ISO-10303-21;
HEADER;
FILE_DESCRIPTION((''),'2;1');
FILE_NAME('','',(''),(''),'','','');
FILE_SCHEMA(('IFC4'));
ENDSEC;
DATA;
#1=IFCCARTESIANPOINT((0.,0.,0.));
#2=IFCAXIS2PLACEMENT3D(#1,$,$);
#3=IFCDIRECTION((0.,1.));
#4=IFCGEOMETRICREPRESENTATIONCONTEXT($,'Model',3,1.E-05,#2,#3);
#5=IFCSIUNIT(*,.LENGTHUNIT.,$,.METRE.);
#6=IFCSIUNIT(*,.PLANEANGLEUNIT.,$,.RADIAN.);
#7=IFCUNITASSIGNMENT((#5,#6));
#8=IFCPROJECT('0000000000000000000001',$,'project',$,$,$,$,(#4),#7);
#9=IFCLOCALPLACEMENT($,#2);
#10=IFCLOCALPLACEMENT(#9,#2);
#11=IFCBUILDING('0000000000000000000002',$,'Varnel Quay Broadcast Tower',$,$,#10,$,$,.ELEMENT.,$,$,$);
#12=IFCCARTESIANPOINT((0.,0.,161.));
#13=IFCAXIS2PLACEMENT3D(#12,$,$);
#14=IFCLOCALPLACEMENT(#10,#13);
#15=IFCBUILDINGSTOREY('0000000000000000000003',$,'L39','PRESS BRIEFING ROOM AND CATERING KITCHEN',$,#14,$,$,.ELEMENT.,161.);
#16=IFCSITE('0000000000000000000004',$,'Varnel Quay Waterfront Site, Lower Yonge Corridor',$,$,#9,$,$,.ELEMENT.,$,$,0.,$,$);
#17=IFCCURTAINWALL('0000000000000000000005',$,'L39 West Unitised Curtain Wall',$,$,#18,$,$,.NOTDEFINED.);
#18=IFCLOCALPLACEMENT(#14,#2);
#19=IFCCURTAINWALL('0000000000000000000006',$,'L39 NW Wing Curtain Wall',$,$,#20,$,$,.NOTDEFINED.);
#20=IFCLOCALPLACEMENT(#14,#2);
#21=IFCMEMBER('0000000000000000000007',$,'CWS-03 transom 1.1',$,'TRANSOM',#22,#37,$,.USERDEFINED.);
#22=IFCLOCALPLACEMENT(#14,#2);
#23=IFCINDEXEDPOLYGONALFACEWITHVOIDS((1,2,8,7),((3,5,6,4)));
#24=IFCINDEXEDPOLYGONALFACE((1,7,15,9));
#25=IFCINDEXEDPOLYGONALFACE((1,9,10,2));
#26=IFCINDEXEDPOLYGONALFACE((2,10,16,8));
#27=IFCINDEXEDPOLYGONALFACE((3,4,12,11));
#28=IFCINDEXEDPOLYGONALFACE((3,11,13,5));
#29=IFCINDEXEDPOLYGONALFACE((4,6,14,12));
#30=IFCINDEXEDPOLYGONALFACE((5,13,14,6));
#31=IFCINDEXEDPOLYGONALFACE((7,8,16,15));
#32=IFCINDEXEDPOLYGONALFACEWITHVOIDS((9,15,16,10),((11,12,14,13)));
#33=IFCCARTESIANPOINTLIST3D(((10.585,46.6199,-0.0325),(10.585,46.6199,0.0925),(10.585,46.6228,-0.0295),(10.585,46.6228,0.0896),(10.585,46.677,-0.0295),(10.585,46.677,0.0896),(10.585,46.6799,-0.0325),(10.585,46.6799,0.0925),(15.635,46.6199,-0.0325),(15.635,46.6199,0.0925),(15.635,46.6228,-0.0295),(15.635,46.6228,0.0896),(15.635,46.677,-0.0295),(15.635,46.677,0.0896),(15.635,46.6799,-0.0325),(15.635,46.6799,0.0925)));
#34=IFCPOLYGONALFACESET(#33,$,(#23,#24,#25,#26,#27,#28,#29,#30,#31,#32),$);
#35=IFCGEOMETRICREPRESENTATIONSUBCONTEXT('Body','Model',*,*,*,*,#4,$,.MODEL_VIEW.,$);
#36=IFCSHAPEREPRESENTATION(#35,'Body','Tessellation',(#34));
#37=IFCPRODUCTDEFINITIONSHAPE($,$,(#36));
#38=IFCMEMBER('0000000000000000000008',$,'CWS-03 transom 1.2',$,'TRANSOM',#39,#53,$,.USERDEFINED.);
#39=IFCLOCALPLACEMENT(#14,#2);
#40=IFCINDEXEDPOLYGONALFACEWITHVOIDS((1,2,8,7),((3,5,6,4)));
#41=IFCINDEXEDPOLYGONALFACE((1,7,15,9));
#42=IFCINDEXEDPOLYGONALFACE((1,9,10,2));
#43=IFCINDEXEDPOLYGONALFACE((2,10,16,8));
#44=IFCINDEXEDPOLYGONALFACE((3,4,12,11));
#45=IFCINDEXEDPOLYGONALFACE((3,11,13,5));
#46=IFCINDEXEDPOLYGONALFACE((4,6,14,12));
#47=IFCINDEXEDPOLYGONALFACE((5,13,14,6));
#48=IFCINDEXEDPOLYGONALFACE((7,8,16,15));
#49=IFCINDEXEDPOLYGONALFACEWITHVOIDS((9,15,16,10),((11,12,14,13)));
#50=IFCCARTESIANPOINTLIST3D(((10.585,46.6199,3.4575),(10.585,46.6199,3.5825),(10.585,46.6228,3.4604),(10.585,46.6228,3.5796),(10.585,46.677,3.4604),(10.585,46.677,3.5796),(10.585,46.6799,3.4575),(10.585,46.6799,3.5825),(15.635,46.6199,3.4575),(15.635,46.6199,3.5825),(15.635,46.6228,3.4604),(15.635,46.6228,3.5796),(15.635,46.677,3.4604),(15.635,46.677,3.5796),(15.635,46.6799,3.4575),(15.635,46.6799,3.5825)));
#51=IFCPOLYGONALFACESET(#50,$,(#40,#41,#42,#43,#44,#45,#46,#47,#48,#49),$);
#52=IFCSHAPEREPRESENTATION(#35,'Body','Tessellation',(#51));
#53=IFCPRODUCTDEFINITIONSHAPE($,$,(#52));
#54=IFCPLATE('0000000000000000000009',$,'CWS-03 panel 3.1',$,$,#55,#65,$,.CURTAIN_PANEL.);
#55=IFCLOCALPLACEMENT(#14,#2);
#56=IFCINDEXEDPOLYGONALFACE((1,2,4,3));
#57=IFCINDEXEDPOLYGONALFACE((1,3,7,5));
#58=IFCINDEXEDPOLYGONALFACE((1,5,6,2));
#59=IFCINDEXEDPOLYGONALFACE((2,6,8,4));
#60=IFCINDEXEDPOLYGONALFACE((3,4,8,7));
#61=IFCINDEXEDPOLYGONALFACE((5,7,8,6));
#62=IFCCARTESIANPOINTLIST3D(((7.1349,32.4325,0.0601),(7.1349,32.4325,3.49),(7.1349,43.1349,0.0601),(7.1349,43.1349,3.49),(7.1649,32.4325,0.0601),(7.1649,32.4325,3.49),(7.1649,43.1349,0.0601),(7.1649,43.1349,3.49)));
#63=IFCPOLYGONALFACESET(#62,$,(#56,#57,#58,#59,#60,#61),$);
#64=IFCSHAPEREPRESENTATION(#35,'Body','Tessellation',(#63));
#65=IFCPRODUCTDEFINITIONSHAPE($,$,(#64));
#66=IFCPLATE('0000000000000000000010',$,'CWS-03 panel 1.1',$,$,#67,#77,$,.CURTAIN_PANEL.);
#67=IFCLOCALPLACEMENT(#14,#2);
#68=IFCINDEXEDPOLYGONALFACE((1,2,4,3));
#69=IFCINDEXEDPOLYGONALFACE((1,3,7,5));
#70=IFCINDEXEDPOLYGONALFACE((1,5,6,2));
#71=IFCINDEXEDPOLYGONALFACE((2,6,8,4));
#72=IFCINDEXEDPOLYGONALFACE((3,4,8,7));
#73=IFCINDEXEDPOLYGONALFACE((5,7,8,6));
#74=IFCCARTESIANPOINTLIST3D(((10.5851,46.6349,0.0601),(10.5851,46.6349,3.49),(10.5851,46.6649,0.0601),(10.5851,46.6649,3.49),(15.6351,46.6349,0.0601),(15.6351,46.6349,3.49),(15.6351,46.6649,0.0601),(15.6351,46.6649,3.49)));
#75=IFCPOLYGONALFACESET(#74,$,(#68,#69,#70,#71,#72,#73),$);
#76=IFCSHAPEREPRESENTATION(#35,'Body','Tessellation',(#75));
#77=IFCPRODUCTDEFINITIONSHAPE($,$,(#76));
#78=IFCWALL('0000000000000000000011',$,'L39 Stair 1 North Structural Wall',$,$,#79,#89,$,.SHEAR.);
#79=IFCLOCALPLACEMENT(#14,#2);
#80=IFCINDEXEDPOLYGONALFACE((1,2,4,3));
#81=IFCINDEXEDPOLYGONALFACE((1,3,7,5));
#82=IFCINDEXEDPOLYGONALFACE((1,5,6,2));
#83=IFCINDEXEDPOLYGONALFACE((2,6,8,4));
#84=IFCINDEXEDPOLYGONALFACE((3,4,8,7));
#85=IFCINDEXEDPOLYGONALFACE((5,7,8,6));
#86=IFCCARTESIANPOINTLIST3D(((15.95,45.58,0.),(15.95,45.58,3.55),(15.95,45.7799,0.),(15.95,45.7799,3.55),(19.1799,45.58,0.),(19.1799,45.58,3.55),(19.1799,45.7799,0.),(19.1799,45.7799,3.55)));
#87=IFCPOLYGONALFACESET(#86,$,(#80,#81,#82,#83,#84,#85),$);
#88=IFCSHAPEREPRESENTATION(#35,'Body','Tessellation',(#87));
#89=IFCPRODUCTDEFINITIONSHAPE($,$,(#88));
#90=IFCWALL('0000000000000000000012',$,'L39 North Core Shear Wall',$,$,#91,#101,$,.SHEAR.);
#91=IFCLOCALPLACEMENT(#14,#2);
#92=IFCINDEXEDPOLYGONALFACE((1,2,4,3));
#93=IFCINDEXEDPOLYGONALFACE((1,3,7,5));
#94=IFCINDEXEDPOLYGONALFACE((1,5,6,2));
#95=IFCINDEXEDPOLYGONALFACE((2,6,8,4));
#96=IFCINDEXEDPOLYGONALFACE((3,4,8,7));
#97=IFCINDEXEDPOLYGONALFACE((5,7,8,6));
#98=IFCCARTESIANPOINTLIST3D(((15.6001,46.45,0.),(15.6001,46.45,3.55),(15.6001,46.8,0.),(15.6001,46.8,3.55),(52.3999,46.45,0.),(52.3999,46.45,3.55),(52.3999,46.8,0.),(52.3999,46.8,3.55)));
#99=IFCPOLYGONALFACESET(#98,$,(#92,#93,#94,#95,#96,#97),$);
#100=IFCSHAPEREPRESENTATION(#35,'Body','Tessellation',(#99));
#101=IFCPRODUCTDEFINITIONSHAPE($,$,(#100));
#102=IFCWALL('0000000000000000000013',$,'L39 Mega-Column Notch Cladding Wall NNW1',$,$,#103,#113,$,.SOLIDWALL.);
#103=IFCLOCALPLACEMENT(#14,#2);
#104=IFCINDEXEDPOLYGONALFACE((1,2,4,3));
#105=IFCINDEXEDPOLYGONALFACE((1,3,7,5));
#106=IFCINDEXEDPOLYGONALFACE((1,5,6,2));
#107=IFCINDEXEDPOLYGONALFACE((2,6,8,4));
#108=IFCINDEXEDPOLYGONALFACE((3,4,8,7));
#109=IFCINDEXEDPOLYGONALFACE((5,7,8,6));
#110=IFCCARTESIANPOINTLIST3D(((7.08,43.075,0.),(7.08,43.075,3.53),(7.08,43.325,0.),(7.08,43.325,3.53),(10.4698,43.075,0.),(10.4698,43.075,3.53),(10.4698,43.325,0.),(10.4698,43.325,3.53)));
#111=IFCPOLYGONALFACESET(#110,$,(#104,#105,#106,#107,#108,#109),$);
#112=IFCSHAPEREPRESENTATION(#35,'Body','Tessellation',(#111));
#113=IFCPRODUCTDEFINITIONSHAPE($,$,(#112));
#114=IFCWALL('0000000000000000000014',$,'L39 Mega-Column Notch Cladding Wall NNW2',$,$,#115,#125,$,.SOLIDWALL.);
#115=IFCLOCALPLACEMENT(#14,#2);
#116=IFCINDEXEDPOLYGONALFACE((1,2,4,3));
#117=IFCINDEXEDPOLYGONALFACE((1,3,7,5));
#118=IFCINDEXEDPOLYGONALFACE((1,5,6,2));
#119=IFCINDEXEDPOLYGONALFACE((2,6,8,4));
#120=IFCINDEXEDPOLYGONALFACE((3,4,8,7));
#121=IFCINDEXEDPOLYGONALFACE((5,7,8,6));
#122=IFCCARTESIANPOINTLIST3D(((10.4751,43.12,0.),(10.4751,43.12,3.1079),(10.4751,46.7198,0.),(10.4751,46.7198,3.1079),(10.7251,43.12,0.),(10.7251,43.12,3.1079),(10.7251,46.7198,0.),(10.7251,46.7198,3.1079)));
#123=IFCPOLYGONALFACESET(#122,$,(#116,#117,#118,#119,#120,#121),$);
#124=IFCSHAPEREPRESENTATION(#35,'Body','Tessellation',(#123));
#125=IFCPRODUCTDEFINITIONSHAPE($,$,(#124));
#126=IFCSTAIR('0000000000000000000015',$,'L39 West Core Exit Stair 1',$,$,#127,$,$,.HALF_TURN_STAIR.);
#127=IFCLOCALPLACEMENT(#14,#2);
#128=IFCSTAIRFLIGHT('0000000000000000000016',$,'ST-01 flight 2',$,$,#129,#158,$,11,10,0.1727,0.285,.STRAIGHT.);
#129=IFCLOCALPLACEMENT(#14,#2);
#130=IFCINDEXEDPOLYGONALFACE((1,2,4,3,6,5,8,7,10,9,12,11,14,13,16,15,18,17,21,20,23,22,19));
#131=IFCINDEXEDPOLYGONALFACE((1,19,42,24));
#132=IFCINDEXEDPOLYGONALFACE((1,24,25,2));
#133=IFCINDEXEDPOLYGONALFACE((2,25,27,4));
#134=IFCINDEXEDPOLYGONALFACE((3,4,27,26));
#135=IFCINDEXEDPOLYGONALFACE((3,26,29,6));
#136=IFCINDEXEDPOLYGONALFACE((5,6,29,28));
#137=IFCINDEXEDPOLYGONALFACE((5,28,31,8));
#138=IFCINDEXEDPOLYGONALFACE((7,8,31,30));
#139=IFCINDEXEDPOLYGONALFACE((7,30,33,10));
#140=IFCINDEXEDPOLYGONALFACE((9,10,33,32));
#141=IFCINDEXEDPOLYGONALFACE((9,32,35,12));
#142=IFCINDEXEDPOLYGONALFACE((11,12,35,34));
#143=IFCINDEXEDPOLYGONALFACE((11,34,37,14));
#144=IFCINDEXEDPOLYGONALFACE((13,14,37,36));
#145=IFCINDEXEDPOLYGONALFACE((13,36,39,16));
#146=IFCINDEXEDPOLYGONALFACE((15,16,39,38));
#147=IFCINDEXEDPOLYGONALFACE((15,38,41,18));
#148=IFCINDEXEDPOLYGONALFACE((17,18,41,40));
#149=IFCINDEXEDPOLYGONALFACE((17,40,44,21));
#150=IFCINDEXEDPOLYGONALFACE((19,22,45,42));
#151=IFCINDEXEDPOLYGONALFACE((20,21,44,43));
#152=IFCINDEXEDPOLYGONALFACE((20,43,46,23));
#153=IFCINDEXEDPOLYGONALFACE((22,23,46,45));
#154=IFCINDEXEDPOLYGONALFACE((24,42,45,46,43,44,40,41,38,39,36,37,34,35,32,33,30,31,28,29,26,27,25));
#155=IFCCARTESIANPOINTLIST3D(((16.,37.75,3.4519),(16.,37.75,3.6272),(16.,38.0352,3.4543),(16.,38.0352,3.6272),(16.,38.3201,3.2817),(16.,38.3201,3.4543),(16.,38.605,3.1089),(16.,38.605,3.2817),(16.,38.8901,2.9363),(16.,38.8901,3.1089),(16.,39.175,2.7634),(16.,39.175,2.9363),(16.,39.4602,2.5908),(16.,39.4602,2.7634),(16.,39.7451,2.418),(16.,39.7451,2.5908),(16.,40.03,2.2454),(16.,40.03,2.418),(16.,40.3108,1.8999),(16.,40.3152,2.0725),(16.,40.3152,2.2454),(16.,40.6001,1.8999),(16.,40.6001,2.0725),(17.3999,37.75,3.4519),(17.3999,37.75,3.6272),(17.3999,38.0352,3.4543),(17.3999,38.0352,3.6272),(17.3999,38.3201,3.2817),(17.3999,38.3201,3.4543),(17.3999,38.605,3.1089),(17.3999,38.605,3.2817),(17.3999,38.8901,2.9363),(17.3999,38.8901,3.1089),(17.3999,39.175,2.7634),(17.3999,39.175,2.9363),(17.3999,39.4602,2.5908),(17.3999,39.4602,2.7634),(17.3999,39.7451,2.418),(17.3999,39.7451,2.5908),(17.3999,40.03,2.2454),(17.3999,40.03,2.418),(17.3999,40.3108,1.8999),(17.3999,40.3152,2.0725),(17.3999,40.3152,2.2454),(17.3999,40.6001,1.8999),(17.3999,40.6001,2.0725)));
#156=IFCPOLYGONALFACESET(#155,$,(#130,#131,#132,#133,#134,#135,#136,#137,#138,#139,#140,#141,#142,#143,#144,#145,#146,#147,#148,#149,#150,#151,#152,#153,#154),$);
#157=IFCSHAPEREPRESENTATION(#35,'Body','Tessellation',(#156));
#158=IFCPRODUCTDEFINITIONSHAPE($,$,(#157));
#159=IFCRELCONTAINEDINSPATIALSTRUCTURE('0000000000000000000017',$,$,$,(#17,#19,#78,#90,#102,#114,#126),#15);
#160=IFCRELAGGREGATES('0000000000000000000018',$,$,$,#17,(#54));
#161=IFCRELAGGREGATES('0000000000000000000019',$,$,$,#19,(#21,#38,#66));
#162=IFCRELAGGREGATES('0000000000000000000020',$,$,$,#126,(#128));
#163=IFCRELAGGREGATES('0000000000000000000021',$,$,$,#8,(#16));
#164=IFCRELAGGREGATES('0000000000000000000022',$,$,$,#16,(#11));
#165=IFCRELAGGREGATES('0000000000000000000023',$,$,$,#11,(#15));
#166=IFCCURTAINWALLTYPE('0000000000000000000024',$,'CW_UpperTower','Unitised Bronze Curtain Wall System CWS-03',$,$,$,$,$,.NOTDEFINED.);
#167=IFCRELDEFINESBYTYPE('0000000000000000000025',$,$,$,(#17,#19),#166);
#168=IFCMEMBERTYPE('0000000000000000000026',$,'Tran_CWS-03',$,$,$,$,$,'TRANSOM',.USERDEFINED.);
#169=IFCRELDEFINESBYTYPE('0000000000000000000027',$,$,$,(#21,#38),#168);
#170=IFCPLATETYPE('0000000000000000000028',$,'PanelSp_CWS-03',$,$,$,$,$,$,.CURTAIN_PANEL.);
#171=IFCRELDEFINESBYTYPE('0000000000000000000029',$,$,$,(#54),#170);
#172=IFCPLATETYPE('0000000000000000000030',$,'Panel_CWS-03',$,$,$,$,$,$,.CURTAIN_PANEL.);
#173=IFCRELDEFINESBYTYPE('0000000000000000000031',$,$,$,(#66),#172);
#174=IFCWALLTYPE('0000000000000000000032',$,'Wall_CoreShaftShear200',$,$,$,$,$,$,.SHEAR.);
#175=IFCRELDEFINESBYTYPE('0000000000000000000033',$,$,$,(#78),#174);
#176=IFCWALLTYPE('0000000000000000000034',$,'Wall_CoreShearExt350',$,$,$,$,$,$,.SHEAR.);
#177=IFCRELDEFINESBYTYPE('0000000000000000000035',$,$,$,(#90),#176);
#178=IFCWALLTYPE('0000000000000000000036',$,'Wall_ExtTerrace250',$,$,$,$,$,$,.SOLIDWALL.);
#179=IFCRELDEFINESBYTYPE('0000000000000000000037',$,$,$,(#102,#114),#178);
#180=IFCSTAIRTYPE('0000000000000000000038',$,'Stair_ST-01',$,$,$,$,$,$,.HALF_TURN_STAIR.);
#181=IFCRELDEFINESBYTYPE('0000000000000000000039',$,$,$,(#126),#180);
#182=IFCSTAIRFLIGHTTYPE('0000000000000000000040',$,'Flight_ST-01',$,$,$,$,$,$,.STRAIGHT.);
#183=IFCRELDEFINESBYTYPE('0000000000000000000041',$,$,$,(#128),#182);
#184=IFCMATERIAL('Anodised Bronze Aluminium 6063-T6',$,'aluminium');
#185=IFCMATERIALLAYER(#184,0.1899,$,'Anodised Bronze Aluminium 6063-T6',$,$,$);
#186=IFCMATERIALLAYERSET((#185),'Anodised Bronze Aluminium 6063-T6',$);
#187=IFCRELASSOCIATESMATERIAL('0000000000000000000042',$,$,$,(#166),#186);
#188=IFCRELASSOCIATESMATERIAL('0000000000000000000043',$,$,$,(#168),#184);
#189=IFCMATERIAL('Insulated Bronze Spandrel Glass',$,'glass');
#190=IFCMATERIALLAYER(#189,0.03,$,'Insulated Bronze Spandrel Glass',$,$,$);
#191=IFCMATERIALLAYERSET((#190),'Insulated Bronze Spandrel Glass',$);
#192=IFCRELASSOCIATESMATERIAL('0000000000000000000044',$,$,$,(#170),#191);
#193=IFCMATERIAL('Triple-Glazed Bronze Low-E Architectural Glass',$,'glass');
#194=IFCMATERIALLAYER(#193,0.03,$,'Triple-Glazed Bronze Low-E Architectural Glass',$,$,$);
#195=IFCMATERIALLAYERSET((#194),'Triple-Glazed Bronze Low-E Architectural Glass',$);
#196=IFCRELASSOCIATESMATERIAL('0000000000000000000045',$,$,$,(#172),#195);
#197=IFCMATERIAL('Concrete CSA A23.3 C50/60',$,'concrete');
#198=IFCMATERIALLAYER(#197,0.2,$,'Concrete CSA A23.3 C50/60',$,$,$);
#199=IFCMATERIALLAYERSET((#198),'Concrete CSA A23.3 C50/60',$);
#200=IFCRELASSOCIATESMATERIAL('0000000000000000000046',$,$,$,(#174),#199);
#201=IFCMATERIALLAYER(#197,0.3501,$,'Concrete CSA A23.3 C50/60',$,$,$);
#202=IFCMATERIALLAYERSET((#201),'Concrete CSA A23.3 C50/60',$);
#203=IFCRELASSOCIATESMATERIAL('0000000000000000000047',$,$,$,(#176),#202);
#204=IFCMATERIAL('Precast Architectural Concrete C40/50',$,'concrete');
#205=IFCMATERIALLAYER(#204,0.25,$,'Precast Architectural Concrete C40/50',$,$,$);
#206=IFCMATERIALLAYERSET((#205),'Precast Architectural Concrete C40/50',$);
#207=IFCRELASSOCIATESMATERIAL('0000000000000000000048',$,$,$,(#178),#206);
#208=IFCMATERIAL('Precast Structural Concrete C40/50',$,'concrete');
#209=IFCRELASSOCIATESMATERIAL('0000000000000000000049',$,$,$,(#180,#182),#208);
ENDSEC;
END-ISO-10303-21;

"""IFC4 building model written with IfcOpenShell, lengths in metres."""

from ifc_helpers import new_model, si_unit, direction, frame, frame_2d, origin, origin_2d, place, context, subcontext, project, spatial, polyline, rectangle, hollow_rectangle, outline, extrude, source, transform, mapped, material, layer, layer_set, material_profile, profile_set, type_object, type_shapes, element, aggregate, save


model = new_model("IFC4")

# Units and contexts
model_context = context("Model", 3, precision=1e-05, world=origin(), true_north=direction((0.0, 1.0)))
body_context = subcontext(model_context, "Body", "Model", "MODEL_VIEW")
ifc_project = project(units=[si_unit("LENGTHUNIT", "METRE"), si_unit("PLANEANGLEUNIT", "RADIAN")], contexts=[model_context])

# Site, building, storey
site_placement = place(None, origin())
site = spatial("IfcSite", under=ifc_project, at=site_placement, Name="Varnel Quay Waterfront Site, Lower Yonge Corridor", CompositionType="ELEMENT", RefElevation=0.0)
building_placement = place(site_placement, origin())
building = spatial("IfcBuilding", under=site, at=building_placement, Name="Varnel Quay Broadcast Tower", CompositionType="ELEMENT")
storey_placement = place(building_placement, frame((0.0, 0.0, 161.0)))
storey = spatial("IfcBuildingStorey", under=building, at=storey_placement, Name="L39", Description="PRESS BRIEFING ROOM AND CATERING KITCHEN", CompositionType="ELEMENT", Elevation=161.0)

# Curtain wall
ifc_material_1 = material(Name="Anodised Bronze Aluminium 6063-T6", Category="aluminium")
ifc_layer_1 = layer(ifc_material_1, 0.1899, Name="Anodised Bronze Aluminium 6063-T6")
ifc_layer_set_1 = layer_set([ifc_layer_1], Name="Anodised Bronze Aluminium 6063-T6")
curtain_wall_type = type_object("IfcCurtainWallType", Name="CW_UpperTower", Description="Unitised Bronze Curtain Wall System CWS-03", PredefinedType="NOTDEFINED", material=ifc_layer_set_1)
curtain_wall_1_placement = place(storey_placement, origin())
curtain_wall_1 = element("IfcCurtainWall", 1, at=curtain_wall_1_placement, inside=storey, type_object=curtain_wall_type, Name="L39 West Unitised Curtain Wall", PredefinedType="NOTDEFINED")

# Curtain wall, members
curtain_wall_2_placement = place(storey_placement, origin())
curtain_wall_2 = element("IfcCurtainWall", 2, at=curtain_wall_2_placement, inside=storey, type_object=curtain_wall_type, Name="L39 NW Wing Curtain Wall", PredefinedType="NOTDEFINED")
ifc_material_profile_1 = material_profile(ifc_material_1, hollow_rectangle(XDim=0.0601, YDim=0.125, WallThickness=0.0029, at=origin_2d()), Name="ALU60X125X3")
ifc_profile_set_1 = profile_set([ifc_material_profile_1], Name="Anodised Bronze Aluminium 6063-T6")
member_type_1 = type_object("IfcMemberType", Name="Tran_CWS-03", ElementType="TRANSOM", PredefinedType="USERDEFINED", material=ifc_profile_set_1)
shared_shape_1 = source(origin(), body_context, "Body", "SweptSolid", [
    extrude(hollow_rectangle(XDim=0.0601, YDim=0.125, WallThickness=0.0029, at=origin_2d()), origin(), (0.0, 0.0, 1.0), 5.05),
])
type_shapes(member_type_1, [shared_shape_1])
member_1_placement = place(storey_placement, frame((10.585, 46.6499, 0.03), z_axis=(1.0, 0.0, 0.0), x_axis=(0.0, 1.0, 0.0)))
member_1 = element("IfcMember", 3, at=member_1_placement, type_object=member_type_1, Name="CWS-03 transom 1.1", ObjectType="TRANSOM", PredefinedType="USERDEFINED", context=body_context, shape_type="MappedRepresentation", body=[
    mapped(shared_shape_1, transform((0.0, 0.0, 0.0), x_axis=(1.0, 0.0, 0.0), y_axis=(0.0, 1.0, 0.0), z_axis=(0.0, 0.0, 1.0), scale=1.0)),
])
member_2_placement = place(storey_placement, frame((10.585, 46.6499, 3.52), z_axis=(1.0, 0.0, 0.0), x_axis=(0.0, 1.0, 0.0)))
member_2 = element("IfcMember", 4, at=member_2_placement, type_object=member_type_1, Name="CWS-03 transom 1.2", ObjectType="TRANSOM", PredefinedType="USERDEFINED", context=body_context, shape_type="MappedRepresentation", body=[
    mapped(shared_shape_1, transform((0.0, 0.0, 0.0), x_axis=(1.0, 0.0, 0.0), y_axis=(0.0, 1.0, 0.0), z_axis=(0.0, 0.0, 1.0), scale=1.0)),
])

# Plates
ifc_material_2 = material(Name="Insulated Bronze Spandrel Glass", Category="glass")
ifc_layer_2 = layer(ifc_material_2, 0.03, Name="Insulated Bronze Spandrel Glass")
ifc_layer_set_2 = layer_set([ifc_layer_2], Name="Insulated Bronze Spandrel Glass")
plate_type_1 = type_object("IfcPlateType", Name="PanelSp_CWS-03", PredefinedType="CURTAIN_PANEL", material=ifc_layer_set_2)
shared_shape_2 = source(origin(), body_context, "Body", "SweptSolid", [
    extrude(rectangle(XDim=10.7024, YDim=0.03, at=origin_2d()), origin(), (0.0, 0.0, 1.0), 3.4299),
])
type_shapes(plate_type_1, [shared_shape_2])
plate_1_placement = place(storey_placement, frame((7.1499, 37.7837, 0.0601), z_axis=(0.0, 0.0, 1.0), x_axis=(0.0, 1.0, 0.0)))
plate_1 = element("IfcPlate", 5, at=plate_1_placement, type_object=plate_type_1, Name="CWS-03 panel 3.1", PredefinedType="CURTAIN_PANEL", context=body_context, shape_type="MappedRepresentation", body=[
    mapped(shared_shape_2, transform((0.0, 0.0, 0.0), x_axis=(1.0, 0.0, 0.0), y_axis=(0.0, 1.0, 0.0), z_axis=(0.0, 0.0, 1.0), scale=1.0)),
])
aggregate(curtain_wall_1, [plate_1])
ifc_material_3 = material(Name="Triple-Glazed Bronze Low-E Architectural Glass", Category="glass")
ifc_layer_3 = layer(ifc_material_3, 0.03, Name="Triple-Glazed Bronze Low-E Architectural Glass")
ifc_layer_set_3 = layer_set([ifc_layer_3], Name="Triple-Glazed Bronze Low-E Architectural Glass")
plate_type_2 = type_object("IfcPlateType", Name="Panel_CWS-03", PredefinedType="CURTAIN_PANEL", material=ifc_layer_set_3)
shared_shape_3 = source(origin(), body_context, "Body", "SweptSolid", [
    extrude(rectangle(XDim=5.05, YDim=0.03, at=origin_2d()), origin(), (0.0, 0.0, 1.0), 3.4299),
])
type_shapes(plate_type_2, [shared_shape_3])
plate_2_placement = place(storey_placement, frame((13.1101, 46.6499, 0.0601), z_axis=(0.0, 0.0, 1.0), x_axis=(1.0, 0.0, 0.0)))
plate_2 = element("IfcPlate", 6, at=plate_2_placement, type_object=plate_type_2, Name="CWS-03 panel 1.1", PredefinedType="CURTAIN_PANEL", context=body_context, shape_type="MappedRepresentation", body=[
    mapped(shared_shape_3, transform((0.0, 0.0, 0.0), x_axis=(1.0, 0.0, 0.0), y_axis=(0.0, 1.0, 0.0), z_axis=(0.0, 0.0, 1.0), scale=1.0)),
])
aggregate(curtain_wall_2, [member_1, member_2, plate_2])

# Walls
ifc_material_4 = material(Name="Concrete CSA A23.3 C50/60", Category="concrete")
ifc_layer_4 = layer(ifc_material_4, 0.2, Name="Concrete CSA A23.3 C50/60")
ifc_layer_set_4 = layer_set([ifc_layer_4], Name="Concrete CSA A23.3 C50/60")
wall_type_1 = type_object("IfcWallType", Name="Wall_CoreShaftShear200", PredefinedType="SHEAR", material=ifc_layer_set_4)
wall_1_placement = place(storey_placement, frame((15.95, 45.6799, 0.0), z_axis=(0.0, 0.0, 1.0), x_axis=(1.0, 0.0, 0.0)))
element("IfcWall", 7, at=wall_1_placement, inside=storey, type_object=wall_type_1, Name="L39 Stair 1 North Structural Wall", PredefinedType="SHEAR", context=body_context, shape_type="SweptSolid", body=[
    extrude(rectangle(XDim=3.23, YDim=0.2, at=frame_2d((1.615, 0.0))), origin(), (0.0, 0.0, 1.0), 3.55),
])
ifc_layer_5 = layer(ifc_material_4, 0.3501, Name="Concrete CSA A23.3 C50/60")
ifc_layer_set_5 = layer_set([ifc_layer_5], Name="Concrete CSA A23.3 C50/60")
wall_type_2 = type_object("IfcWallType", Name="Wall_CoreShearExt350", PredefinedType="SHEAR", material=ifc_layer_set_5)
wall_2_placement = place(storey_placement, frame((15.6001, 46.625, 0.0), z_axis=(0.0, 0.0, 1.0), x_axis=(1.0, 0.0, 0.0)))
element("IfcWall", 8, at=wall_2_placement, inside=storey, type_object=wall_type_2, Name="L39 North Core Shear Wall", PredefinedType="SHEAR", context=body_context, shape_type="SweptSolid", body=[
    extrude(rectangle(XDim=36.7998, YDim=0.3501, at=frame_2d((18.3999, 0.0))), origin(), (0.0, 0.0, 1.0), 3.55),
])
ifc_material_5 = material(Name="Precast Architectural Concrete C40/50", Category="concrete")
ifc_layer_6 = layer(ifc_material_5, 0.25, Name="Precast Architectural Concrete C40/50")
ifc_layer_set_6 = layer_set([ifc_layer_6], Name="Precast Architectural Concrete C40/50")
wall_type_3 = type_object("IfcWallType", Name="Wall_ExtTerrace250", PredefinedType="SOLIDWALL", material=ifc_layer_set_6)
wall_3_placement = place(storey_placement, frame((7.0801, 43.2, 0.0), z_axis=(0.0, 0.0, 1.0), x_axis=(1.0, 0.0, 0.0)))
element("IfcWall", 9, at=wall_3_placement, inside=storey, type_object=wall_type_3, Name="L39 Mega-Column Notch Cladding Wall NNW1", PredefinedType="SOLIDWALL", context=body_context, shape_type="SweptSolid", body=[
    extrude(rectangle(XDim=3.3899, YDim=0.25, at=frame_2d((1.6948, 0.0))), origin(), (0.0, 0.0, 1.0), 3.53),
])
wall_4_placement = place(storey_placement, frame((10.6001, 43.1201, 0.0), z_axis=(0.0, 0.0, 1.0), x_axis=(0.0, 1.0, 0.0)))
element("IfcWall", 10, at=wall_4_placement, inside=storey, type_object=wall_type_3, Name="L39 Mega-Column Notch Cladding Wall NNW2", PredefinedType="SOLIDWALL", context=body_context, shape_type="SweptSolid", body=[
    extrude(rectangle(XDim=3.5999, YDim=0.25, at=frame_2d((1.7998, 0.0))), origin(), (0.0, 0.0, 1.0), 3.1079),
])

# Stair, stair flight
ifc_material_6 = material(Name="Precast Structural Concrete C40/50", Category="concrete")
stair_type = type_object("IfcStairType", Name="Stair_ST-01", PredefinedType="HALF_TURN_STAIR", material=ifc_material_6)
stair_placement = place(storey_placement, origin())
stair = element("IfcStair", 11, at=stair_placement, inside=storey, type_object=stair_type, Name="L39 West Core Exit Stair 1", PredefinedType="HALF_TURN_STAIR")
stair_flight_type = type_object("IfcStairFlightType", Name="Flight_ST-01", PredefinedType="STRAIGHT", material=ifc_material_6)
stair_flight_placement = place(storey_placement, frame((16.7, 40.6001, 1.8999), z_axis=(0.0, 0.0, 1.0), x_axis=(0.0, -1.0, 0.0)))
stair_flight = element("IfcStairFlight", 12, at=stair_flight_placement, type_object=stair_flight_type, Name="ST-01 flight 2", NumberOfRisers=11, NumberOfTreads=10, PredefinedType="STRAIGHT", RiserHeight=0.1727, TreadLength=0.285, context=body_context, shape_type="SweptSolid", body=[
    extrude(outline(polyline([(0.0, 0.0), (0.0, 0.1726), (0.2849, 0.1726), (0.2849, 0.3455), (0.5701, 0.3455), (0.5701, 0.5181), (0.855, 0.5181), (0.855, 0.6909), (1.1399, 0.6909), (1.1399, 0.8635), (1.425, 0.8635), (1.425, 1.0364), (1.71, 1.0364), (1.71, 1.209), (1.9951, 1.209), (1.9951, 1.3818), (2.28, 1.3818), (2.28, 1.5544), (2.5649, 1.5544), (2.5649, 1.7273), (2.8501, 1.7273), (2.8501, 1.8999), (2.8501, 1.552), (0.2893, 0.0), (0.0, 0.0)])), frame((0.0, 0.7, 0.0), z_axis=(0.0, -1.0, 0.0), x_axis=(1.0, 0.0, 0.0)), (0.0, 0.0, 1.0), 1.3999),
])
aggregate(stair, [stair_flight])

save(model, "model.ifc")
